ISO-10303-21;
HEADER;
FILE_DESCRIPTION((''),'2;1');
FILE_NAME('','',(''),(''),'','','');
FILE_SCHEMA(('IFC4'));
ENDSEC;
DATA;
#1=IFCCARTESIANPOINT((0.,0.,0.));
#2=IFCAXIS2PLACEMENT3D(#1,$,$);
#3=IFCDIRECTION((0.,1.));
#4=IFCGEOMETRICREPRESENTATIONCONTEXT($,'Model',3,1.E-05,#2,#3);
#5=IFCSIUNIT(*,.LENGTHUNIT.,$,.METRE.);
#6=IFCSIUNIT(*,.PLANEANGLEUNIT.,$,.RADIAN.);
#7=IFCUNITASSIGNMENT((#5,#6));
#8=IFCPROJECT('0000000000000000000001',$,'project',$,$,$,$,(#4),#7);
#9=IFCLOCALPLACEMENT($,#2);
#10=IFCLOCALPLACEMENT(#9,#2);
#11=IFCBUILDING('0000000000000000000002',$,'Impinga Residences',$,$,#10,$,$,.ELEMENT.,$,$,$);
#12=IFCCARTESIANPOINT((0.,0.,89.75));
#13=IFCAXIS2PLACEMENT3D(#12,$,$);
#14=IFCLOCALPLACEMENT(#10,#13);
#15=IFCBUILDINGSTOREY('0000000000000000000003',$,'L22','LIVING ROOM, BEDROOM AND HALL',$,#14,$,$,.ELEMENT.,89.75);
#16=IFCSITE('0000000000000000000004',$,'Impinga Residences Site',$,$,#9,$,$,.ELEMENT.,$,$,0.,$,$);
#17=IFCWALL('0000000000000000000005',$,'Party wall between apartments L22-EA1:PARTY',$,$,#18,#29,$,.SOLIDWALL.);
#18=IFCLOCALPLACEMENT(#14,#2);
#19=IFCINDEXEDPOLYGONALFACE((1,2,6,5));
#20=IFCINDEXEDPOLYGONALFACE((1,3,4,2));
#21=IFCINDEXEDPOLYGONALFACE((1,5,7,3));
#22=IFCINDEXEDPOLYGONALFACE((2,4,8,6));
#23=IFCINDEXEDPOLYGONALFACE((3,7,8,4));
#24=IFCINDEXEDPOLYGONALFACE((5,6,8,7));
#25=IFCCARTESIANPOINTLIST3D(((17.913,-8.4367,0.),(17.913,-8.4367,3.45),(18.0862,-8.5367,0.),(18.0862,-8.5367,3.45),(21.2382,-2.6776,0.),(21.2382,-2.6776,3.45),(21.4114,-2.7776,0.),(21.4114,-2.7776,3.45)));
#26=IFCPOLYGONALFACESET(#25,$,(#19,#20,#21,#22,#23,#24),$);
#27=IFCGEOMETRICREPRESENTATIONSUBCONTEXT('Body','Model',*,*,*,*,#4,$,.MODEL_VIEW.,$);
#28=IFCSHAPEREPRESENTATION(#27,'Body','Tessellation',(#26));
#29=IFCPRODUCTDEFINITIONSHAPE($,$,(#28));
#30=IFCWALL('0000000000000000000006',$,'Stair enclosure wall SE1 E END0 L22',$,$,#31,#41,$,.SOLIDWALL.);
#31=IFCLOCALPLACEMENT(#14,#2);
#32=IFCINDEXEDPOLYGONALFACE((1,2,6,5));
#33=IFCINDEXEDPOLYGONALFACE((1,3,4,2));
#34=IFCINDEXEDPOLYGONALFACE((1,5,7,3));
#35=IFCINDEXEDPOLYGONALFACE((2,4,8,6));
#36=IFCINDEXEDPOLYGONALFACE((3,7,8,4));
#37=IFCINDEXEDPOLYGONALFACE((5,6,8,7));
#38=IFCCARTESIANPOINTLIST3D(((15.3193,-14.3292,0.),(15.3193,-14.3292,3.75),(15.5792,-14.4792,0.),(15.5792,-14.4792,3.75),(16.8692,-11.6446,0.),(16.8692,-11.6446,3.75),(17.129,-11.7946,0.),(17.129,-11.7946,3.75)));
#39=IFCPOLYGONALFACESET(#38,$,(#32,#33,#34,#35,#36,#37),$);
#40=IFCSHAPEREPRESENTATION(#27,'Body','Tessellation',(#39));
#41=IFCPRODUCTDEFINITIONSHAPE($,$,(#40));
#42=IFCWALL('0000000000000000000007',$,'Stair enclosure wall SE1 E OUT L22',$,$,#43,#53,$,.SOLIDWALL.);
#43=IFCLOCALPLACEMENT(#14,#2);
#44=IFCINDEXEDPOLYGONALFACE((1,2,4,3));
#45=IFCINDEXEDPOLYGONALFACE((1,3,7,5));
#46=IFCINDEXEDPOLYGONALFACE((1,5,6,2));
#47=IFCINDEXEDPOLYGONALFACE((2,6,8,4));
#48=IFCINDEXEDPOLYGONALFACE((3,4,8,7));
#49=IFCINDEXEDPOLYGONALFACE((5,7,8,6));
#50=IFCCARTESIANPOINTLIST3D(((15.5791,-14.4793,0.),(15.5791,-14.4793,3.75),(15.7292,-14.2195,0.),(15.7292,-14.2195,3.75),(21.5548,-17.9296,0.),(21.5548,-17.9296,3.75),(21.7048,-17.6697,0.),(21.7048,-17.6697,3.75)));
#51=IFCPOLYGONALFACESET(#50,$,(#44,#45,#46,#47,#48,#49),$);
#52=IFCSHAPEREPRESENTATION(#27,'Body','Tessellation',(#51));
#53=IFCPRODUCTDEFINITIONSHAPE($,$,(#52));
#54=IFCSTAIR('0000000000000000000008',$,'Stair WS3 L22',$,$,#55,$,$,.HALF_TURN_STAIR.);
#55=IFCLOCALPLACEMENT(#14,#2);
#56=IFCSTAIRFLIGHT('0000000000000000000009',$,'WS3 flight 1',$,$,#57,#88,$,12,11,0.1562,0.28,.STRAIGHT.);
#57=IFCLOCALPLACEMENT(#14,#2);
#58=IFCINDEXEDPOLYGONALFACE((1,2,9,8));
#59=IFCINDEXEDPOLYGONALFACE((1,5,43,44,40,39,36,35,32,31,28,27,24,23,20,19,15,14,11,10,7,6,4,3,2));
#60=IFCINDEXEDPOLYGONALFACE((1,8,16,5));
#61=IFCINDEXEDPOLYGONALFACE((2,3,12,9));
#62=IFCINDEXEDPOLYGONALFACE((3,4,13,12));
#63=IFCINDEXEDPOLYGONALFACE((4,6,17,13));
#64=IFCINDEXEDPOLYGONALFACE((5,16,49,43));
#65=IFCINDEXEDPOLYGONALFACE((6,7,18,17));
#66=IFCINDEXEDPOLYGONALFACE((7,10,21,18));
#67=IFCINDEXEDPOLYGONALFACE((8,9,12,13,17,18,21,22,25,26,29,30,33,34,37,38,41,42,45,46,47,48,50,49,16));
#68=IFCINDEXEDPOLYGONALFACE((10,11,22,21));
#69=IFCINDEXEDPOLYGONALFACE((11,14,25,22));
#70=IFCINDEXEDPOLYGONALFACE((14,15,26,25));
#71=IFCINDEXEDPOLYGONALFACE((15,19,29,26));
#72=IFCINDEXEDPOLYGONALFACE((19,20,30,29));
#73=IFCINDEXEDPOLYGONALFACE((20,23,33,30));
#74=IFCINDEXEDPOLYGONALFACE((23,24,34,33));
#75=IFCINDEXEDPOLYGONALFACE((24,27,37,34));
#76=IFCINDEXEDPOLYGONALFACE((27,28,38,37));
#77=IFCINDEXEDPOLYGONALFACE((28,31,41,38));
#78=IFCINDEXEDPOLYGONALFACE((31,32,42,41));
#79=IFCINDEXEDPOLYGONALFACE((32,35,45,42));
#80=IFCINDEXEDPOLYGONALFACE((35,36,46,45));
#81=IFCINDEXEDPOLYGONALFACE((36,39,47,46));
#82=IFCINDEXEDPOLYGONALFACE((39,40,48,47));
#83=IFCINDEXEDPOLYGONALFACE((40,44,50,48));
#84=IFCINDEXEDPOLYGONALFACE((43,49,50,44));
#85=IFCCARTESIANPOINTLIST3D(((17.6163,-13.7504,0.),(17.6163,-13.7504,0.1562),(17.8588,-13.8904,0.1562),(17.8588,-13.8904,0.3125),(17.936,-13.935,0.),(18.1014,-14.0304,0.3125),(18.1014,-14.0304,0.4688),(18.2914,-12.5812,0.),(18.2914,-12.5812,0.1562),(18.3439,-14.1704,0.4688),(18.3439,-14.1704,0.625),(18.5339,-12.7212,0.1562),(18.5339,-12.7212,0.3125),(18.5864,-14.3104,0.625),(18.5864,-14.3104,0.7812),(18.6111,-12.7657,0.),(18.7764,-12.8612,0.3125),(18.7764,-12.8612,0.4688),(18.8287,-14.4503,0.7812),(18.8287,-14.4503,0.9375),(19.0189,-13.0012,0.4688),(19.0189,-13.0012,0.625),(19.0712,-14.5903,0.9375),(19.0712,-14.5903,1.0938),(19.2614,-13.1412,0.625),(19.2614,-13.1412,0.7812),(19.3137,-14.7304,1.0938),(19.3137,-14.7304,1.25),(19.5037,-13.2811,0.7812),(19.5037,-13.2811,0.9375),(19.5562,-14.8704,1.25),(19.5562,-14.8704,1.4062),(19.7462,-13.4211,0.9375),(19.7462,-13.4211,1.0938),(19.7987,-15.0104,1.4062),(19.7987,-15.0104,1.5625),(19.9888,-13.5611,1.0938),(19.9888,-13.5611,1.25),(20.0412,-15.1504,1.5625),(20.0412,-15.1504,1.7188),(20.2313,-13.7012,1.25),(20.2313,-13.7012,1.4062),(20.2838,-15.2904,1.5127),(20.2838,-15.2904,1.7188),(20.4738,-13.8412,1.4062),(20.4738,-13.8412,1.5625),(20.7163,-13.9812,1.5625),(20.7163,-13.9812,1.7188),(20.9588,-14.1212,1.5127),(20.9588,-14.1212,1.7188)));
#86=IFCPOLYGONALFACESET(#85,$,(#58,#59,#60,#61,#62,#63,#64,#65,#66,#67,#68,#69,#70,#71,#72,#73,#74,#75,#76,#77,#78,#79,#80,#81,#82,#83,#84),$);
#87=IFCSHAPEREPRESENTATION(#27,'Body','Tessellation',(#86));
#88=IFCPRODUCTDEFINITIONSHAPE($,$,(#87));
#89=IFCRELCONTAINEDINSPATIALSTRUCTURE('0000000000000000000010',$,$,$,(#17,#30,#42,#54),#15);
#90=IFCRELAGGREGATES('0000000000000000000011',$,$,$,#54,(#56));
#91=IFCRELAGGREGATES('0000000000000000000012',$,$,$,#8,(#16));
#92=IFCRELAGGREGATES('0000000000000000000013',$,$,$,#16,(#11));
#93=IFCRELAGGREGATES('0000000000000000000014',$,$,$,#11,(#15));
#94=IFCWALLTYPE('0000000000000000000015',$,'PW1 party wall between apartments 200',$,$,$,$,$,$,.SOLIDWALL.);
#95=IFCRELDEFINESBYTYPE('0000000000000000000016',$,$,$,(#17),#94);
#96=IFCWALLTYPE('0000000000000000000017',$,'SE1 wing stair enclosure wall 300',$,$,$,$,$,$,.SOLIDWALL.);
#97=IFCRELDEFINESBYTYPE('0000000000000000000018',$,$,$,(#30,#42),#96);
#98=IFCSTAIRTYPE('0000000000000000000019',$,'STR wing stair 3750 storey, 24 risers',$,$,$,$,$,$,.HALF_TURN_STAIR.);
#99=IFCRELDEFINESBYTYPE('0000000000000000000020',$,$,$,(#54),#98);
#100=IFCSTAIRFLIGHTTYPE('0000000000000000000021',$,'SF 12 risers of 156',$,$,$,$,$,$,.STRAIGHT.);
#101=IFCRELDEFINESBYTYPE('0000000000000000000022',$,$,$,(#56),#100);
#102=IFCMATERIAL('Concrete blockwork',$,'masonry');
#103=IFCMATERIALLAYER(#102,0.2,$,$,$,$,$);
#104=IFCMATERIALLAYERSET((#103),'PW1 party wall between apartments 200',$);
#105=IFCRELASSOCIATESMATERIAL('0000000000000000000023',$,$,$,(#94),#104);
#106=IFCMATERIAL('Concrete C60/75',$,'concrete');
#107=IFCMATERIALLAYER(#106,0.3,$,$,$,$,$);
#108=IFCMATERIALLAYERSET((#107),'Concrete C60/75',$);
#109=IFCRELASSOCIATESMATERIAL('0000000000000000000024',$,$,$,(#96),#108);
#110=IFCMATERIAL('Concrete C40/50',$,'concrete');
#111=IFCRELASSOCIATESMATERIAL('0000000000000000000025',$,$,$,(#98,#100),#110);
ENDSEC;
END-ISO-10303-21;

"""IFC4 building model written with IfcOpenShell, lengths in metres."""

from ifc_helpers import new_model, si_unit, direction, frame, frame_2d, origin, place, context, subcontext, project, spatial, polyline, rectangle, outline, extrude, material, layer, layer_set, type_object, element, aggregate, save


model = new_model("IFC4")

# Units and contexts
model_context = context("Model", 3, precision=1e-05, world=origin(), true_north=direction((0.0, 1.0)))
body_context = subcontext(model_context, "Body", "Model", "MODEL_VIEW")
ifc_project = project(units=[si_unit("LENGTHUNIT", "METRE"), si_unit("PLANEANGLEUNIT", "RADIAN")], contexts=[model_context])

# Site, building, storey
site_placement = place(None, origin())
site = spatial("IfcSite", under=ifc_project, at=site_placement, Name="Impinga Residences Site", CompositionType="ELEMENT", RefElevation=0.0)
building_placement = place(site_placement, origin())
building = spatial("IfcBuilding", under=site, at=building_placement, Name="Impinga Residences", CompositionType="ELEMENT")
storey_placement = place(building_placement, frame((0.0, 0.0, 89.75)))
storey = spatial("IfcBuildingStorey", under=building, at=storey_placement, Name="L22", Description="LIVING ROOM, BEDROOM AND HALL", CompositionType="ELEMENT", Elevation=89.75)

# Shared definitions
ifc_material_1 = material(Name="Concrete blockwork", Category="masonry")

# Walls
ifc_layer_1 = layer(ifc_material_1, 0.2)
ifc_layer_set_1 = layer_set([ifc_layer_1], Name="PW1 party wall between apartments 200")
wall_type_1 = type_object("IfcWallType", Name="PW1 party wall between apartments 200", PredefinedType="SOLIDWALL", material=ifc_layer_set_1)
wall_1_placement = place(storey_placement, frame((17.9995, -8.4868, 0.0), z_axis=(0.0, 0.0, 1.0), x_axis=(0.500024, 0.866011, 0.0)))
element("IfcWall", 1, at=wall_1_placement, inside=storey, type_object=wall_type_1, Name="Party wall between apartments L22-EA1:PARTY", PredefinedType="SOLIDWALL", context=body_context, shape_type="SweptSolid", body=[
    extrude(rectangle(XDim=6.6501, YDim=0.2, at=frame_2d((3.3252, 0.0))), origin(), (0.0, 0.0, 1.0), 3.45),
])
ifc_material_2 = material(Name="Concrete C60/75", Category="concrete")
ifc_layer_2 = layer(ifc_material_2, 0.3)
ifc_layer_set_2 = layer_set([ifc_layer_2], Name="Concrete C60/75")
wall_type_2 = type_object("IfcWallType", Name="SE1 wing stair enclosure wall 300", PredefinedType="SOLIDWALL", material=ifc_layer_set_2)
wall_2_placement = place(storey_placement, frame((16.999, -11.7197, 0.0), z_axis=(0.0, 0.0, 1.0), x_axis=(-0.499968, -0.866044, 0.0)))
element("IfcWall", 2, at=wall_2_placement, inside=storey, type_object=wall_type_2, Name="Stair enclosure wall SE1 E END0 L22", PredefinedType="SOLIDWALL", context=body_context, shape_type="SweptSolid", body=[
    extrude(rectangle(XDim=3.0999, YDim=0.3, at=frame_2d((1.5498, 0.0))), origin(), (0.0, 0.0, 1.0), 3.75),
])
wall_3_placement = place(storey_placement, frame((15.6541, -14.3494, 0.0), z_axis=(0.0, 0.0, 1.0), x_axis=(0.866014, -0.500021, 0.0)))
element("IfcWall", 3, at=wall_3_placement, inside=storey, type_object=wall_type_2, Name="Stair enclosure wall SE1 E OUT L22", PredefinedType="SOLIDWALL", context=body_context, shape_type="SweptSolid", body=[
    extrude(rectangle(XDim=6.9001, YDim=0.3, at=frame_2d((3.4502, 0.0))), origin(), (0.0, 0.0, 1.0), 3.75),
])

# Stair, stair flight
ifc_material_3 = material(Name="Concrete C40/50", Category="concrete")
stair_type = type_object("IfcStairType", Name="STR wing stair 3750 storey, 24 risers", PredefinedType="HALF_TURN_STAIR", material=ifc_material_3)
stair_placement = place(storey_placement, origin())
stair = element("IfcStair", 4, at=stair_placement, inside=storey, type_object=stair_type, Name="Stair WS3 L22", PredefinedType="HALF_TURN_STAIR")
stair_flight_type = type_object("IfcStairFlightType", Name="SF 12 risers of 156", PredefinedType="STRAIGHT", material=ifc_material_3)
stair_flight_placement = place(storey_placement, frame((17.9539, -13.1658, 0.0), z_axis=(0.0, 0.0, 1.0), x_axis=(0.866025, -0.5, 0.0)))
stair_flight = element("IfcStairFlight", 5, at=stair_flight_placement, type_object=stair_flight_type, Name="WS3 flight 1", NumberOfRisers=12, NumberOfTreads=11, PredefinedType="STRAIGHT", RiserHeight=0.1562, TreadLength=0.28, context=body_context, shape_type="SweptSolid", body=[
    extrude(outline(polyline([(0.0, 0.0), (0.0, 0.1562), (0.28, 0.1562), (0.28, 0.3125), (0.5601, 0.3125), (0.5601, 0.4688), (0.8401, 0.4688), (0.8401, 0.625), (1.1201, 0.625), (1.1201, 0.7812), (1.3999, 0.7812), (1.3999, 0.9375), (1.6799, 0.9375), (1.6799, 1.0938), (1.96, 1.0938), (1.96, 1.25), (2.24, 1.25), (2.24, 1.4062), (2.52, 1.4062), (2.52, 1.5625), (2.8, 1.5625), (2.8, 1.7188), (3.0801, 1.7188), (3.0801, 1.875), (3.0801, 1.5127), (0.3691, 0.0), (0.0, 0.0)])), frame((0.0, 0.675, 0.0), z_axis=(0.0, -1.0, 0.0), x_axis=(1.0, 0.0, 0.0)), (0.0, 0.0, 1.0), 1.3501),
])
aggregate(stair, [stair_flight])

save(model, "model.ifc")
